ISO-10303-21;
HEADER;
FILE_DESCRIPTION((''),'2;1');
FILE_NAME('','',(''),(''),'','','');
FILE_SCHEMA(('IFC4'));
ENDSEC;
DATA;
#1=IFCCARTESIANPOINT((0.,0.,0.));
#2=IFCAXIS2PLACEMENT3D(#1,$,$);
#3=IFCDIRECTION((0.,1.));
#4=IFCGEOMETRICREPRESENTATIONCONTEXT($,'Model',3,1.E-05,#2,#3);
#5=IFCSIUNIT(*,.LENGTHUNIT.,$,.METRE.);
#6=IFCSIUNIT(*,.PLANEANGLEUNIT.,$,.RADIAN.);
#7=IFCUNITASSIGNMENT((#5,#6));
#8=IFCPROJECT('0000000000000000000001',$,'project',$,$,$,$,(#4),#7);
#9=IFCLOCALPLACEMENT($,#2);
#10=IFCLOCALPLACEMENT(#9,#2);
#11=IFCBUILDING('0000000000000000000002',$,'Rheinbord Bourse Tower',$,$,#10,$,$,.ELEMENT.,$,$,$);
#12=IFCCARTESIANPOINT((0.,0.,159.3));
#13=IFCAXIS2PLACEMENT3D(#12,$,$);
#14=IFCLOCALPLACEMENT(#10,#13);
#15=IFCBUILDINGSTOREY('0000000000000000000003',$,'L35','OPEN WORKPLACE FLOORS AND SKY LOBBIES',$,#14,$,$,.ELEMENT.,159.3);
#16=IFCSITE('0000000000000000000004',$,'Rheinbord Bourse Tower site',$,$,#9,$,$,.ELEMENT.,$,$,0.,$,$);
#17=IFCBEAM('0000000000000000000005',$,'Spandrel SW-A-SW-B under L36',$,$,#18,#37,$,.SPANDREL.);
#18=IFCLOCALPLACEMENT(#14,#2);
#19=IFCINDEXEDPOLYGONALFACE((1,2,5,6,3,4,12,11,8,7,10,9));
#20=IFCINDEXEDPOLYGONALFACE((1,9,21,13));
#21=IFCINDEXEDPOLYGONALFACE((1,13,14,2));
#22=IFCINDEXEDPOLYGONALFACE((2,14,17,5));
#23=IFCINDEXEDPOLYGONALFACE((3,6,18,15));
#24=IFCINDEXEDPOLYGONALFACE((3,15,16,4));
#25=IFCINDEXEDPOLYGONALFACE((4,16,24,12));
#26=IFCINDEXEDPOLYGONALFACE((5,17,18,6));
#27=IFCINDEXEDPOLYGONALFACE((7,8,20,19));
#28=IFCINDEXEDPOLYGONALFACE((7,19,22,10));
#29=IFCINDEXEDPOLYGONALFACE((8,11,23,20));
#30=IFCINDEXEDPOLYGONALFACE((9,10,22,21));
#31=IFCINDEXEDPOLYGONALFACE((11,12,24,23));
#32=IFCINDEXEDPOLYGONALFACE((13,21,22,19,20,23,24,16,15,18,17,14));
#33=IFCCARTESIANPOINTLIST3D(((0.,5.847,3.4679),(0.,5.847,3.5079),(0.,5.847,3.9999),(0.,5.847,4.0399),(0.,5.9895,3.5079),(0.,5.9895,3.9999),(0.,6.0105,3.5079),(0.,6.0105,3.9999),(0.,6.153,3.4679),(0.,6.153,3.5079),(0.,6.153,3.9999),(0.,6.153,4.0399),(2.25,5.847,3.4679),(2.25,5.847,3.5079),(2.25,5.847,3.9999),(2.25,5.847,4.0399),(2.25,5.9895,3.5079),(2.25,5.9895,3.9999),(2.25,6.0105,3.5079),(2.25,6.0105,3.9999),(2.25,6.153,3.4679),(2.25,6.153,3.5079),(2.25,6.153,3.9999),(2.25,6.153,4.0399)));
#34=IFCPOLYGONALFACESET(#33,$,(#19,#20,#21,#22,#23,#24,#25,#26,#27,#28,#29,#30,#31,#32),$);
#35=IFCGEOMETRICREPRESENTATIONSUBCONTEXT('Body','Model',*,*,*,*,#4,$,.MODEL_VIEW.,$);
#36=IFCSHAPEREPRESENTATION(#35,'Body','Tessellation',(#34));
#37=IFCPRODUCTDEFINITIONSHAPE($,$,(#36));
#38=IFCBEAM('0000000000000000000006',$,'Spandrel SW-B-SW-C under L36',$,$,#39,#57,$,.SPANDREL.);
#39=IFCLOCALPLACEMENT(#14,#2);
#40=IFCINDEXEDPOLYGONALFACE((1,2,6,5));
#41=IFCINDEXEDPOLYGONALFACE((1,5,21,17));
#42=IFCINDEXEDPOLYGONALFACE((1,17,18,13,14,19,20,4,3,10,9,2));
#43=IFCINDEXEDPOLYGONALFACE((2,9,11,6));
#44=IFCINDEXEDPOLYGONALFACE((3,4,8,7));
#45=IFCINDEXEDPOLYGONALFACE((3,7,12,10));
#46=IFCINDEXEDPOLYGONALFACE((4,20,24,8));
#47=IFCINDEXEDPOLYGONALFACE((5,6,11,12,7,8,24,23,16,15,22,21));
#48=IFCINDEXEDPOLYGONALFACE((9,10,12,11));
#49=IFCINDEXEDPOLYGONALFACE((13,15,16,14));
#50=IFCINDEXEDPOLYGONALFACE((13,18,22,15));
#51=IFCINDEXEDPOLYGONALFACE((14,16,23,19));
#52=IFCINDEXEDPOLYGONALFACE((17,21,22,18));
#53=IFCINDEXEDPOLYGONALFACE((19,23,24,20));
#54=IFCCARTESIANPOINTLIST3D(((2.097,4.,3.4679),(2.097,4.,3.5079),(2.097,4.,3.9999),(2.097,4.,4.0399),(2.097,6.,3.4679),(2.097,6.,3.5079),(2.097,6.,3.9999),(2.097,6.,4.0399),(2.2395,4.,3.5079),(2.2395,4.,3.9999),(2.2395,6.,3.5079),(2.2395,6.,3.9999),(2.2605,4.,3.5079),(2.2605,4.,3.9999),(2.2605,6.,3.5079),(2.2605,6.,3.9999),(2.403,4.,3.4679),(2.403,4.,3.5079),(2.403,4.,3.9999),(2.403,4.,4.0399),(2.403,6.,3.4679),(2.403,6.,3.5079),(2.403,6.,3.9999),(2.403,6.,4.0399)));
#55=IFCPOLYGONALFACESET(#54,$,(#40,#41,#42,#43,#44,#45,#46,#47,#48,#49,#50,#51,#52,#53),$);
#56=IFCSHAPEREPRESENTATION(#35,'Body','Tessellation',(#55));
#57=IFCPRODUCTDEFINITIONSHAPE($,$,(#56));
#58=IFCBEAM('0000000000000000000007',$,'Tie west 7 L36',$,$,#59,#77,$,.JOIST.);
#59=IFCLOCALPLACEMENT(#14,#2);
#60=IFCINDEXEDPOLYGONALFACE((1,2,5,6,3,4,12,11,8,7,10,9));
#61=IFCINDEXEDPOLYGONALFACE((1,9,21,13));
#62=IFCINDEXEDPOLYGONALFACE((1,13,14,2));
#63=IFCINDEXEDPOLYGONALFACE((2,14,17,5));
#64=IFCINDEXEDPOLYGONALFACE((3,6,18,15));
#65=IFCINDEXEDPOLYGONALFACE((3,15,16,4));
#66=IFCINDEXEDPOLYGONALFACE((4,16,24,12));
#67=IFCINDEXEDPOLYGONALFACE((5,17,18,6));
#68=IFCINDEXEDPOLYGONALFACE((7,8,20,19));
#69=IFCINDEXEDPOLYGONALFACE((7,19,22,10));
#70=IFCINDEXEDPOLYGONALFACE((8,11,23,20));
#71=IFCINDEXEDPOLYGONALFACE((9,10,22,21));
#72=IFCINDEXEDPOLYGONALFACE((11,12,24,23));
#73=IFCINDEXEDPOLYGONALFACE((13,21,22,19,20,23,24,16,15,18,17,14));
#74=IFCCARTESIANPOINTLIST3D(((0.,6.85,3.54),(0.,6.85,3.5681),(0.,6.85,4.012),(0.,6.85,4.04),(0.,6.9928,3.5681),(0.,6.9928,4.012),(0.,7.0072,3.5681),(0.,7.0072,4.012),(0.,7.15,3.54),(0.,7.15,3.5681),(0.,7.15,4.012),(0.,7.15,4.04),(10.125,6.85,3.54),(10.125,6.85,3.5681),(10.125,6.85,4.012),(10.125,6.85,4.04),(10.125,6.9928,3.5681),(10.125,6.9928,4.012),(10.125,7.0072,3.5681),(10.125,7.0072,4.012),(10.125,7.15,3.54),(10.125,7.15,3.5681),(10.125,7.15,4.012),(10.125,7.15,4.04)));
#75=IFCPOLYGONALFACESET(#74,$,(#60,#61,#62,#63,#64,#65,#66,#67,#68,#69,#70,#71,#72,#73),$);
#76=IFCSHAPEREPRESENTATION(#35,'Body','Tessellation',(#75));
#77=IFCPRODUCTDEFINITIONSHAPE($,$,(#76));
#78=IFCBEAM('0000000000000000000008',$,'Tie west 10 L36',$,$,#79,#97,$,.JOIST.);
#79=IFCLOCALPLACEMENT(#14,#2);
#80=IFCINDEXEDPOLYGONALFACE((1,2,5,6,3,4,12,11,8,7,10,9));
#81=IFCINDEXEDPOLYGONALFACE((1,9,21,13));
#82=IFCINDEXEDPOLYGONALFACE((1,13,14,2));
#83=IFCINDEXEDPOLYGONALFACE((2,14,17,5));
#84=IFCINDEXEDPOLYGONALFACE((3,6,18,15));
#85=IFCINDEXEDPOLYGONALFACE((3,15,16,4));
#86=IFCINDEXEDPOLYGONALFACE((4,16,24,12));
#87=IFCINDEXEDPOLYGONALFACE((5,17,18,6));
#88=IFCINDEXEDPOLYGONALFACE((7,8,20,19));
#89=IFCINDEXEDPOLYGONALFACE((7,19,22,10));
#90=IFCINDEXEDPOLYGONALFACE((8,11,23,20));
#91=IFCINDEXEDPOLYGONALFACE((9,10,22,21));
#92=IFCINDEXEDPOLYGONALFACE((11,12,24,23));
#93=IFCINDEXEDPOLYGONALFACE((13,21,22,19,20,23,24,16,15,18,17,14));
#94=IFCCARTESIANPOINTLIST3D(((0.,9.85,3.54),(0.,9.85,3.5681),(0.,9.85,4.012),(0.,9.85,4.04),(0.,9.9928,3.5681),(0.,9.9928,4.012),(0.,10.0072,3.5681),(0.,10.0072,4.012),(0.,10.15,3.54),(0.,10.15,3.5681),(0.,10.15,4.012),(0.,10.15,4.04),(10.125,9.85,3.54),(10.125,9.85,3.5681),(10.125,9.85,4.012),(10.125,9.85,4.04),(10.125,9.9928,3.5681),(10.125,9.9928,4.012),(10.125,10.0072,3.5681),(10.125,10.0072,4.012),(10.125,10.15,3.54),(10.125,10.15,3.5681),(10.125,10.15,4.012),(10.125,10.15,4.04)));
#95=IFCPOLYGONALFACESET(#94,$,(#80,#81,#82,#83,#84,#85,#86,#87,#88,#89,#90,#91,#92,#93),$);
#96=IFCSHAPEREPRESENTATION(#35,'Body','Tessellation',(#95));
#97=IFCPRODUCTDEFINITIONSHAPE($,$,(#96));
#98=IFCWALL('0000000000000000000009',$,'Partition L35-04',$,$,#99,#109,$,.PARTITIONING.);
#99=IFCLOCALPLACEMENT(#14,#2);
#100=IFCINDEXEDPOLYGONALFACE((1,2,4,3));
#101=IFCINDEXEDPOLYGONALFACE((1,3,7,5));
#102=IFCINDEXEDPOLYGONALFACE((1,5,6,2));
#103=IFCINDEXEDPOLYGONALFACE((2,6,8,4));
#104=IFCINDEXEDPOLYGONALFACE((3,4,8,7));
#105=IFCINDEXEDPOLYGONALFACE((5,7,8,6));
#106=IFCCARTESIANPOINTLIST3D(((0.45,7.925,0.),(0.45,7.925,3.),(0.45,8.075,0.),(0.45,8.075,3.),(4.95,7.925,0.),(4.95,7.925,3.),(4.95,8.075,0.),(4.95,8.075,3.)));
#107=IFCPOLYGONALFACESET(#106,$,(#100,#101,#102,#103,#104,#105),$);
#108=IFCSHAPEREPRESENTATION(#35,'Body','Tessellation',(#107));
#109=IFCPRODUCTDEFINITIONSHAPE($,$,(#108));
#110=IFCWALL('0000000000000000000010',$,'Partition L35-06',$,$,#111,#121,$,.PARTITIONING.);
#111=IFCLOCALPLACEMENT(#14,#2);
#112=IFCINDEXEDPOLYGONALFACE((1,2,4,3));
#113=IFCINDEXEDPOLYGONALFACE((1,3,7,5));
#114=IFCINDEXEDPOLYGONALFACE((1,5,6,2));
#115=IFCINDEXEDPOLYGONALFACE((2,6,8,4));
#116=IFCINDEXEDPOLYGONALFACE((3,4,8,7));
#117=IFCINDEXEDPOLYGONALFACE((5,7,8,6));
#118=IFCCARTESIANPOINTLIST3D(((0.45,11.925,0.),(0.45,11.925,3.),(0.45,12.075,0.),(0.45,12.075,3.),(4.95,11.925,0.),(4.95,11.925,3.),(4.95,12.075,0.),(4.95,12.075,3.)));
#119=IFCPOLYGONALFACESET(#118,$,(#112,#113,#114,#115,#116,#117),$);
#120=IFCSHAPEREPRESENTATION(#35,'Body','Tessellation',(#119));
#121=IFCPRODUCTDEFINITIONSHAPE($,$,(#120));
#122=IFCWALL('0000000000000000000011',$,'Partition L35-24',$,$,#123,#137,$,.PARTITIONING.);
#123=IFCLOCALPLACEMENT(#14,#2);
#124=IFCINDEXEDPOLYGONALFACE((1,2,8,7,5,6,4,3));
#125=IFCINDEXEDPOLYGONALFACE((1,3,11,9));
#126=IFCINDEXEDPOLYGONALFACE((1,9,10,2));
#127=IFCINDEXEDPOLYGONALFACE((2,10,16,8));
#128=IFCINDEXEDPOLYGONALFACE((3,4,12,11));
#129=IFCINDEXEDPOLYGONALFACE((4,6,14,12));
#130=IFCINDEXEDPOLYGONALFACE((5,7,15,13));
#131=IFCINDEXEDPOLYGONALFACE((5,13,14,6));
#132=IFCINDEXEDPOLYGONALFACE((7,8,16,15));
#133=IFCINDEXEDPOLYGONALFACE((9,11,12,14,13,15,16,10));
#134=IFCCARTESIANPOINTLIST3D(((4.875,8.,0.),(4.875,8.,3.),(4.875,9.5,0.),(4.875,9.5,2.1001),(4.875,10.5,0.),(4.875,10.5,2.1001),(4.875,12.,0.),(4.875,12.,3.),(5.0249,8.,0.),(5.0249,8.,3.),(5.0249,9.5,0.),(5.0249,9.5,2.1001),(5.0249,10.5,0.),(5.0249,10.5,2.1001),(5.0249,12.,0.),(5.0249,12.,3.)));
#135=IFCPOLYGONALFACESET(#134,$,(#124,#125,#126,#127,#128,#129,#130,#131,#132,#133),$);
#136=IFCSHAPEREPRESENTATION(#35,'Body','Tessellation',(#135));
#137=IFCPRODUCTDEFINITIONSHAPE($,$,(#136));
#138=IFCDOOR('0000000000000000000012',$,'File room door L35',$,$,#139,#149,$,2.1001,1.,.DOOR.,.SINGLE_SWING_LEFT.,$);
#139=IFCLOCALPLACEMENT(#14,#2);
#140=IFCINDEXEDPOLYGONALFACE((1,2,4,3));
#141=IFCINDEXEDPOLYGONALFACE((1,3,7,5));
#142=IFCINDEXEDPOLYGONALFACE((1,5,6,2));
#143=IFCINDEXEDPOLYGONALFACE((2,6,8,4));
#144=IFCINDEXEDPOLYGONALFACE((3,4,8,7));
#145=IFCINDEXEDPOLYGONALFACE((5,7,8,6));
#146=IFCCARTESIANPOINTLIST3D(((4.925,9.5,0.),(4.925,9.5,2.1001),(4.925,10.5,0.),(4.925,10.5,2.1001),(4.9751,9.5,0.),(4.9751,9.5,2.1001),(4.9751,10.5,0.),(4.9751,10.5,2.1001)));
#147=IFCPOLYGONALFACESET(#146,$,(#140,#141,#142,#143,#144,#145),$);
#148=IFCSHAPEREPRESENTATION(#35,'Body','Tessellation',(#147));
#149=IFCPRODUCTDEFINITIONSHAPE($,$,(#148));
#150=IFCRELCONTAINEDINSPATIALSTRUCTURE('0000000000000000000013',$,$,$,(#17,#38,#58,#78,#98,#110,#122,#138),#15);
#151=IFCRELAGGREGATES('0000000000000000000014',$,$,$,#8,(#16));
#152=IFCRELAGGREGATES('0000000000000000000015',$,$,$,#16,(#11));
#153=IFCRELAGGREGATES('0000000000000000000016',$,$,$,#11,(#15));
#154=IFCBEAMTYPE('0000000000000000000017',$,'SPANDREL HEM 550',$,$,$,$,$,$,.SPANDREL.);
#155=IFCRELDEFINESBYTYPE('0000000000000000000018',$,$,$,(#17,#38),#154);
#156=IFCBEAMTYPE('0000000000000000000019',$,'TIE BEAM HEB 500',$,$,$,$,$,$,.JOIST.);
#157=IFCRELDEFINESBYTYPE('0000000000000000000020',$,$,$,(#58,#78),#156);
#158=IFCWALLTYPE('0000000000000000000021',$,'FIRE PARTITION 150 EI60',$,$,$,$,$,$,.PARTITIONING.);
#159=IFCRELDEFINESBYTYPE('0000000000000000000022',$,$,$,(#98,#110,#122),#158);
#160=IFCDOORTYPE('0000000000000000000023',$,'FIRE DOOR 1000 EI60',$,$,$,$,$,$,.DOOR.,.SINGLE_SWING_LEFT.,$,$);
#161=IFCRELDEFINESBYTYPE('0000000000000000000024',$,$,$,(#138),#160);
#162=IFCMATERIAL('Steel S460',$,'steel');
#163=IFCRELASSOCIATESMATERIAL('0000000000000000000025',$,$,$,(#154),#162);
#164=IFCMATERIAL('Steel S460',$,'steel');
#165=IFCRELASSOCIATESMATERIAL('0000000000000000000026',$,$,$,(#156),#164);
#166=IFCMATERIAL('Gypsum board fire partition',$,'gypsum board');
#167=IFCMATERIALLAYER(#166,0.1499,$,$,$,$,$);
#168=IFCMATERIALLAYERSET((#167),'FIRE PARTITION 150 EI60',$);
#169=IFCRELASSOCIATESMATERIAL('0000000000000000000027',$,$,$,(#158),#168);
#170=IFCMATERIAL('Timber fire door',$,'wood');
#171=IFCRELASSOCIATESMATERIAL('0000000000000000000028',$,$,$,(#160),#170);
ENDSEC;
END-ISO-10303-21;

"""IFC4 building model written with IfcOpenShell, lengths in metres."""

from ifc_helpers import new_model, si_unit, direction, frame, frame_2d, origin, origin_2d, place, context, subcontext, project, spatial, rectangle, i_section, extrude, material, layer, layer_set, material_profile, profile_set, type_object, element, fill, save


model = new_model("IFC4")

# Units and contexts
model_context = context("Model", 3, precision=1e-05, world=origin(), true_north=direction((0.0, 1.0)))
body_context = subcontext(model_context, "Body", "Model", "MODEL_VIEW")
ifc_project = project(units=[si_unit("LENGTHUNIT", "METRE"), si_unit("PLANEANGLEUNIT", "RADIAN")], contexts=[model_context])

# Site, building, storey
site_placement = place(None, origin())
site = spatial("IfcSite", under=ifc_project, at=site_placement, Name="Rheinbord Bourse Tower site", CompositionType="ELEMENT", RefElevation=0.0)
building_placement = place(site_placement, origin())
building = spatial("IfcBuilding", under=site, at=building_placement, Name="Rheinbord Bourse Tower", CompositionType="ELEMENT")
storey_placement = place(building_placement, frame((0.0, 0.0, 159.3)))
storey = spatial("IfcBuildingStorey", under=building, at=storey_placement, Name="L35", Description="OPEN WORKPLACE FLOORS AND SKY LOBBIES", CompositionType="ELEMENT", Elevation=159.3)

# Beams
ifc_material_1 = material(Name="Steel S460", Category="steel")
ifc_material_profile_1 = material_profile(ifc_material_1, i_section(OverallWidth=0.3059, OverallDepth=0.572, WebThickness=0.021, FlangeThickness=0.04, at=origin_2d()), Name="HEM 550")
ifc_profile_set_1 = profile_set([ifc_material_profile_1], Name="Steel S460")
beam_type_1 = type_object("IfcBeamType", Name="SPANDREL HEM 550", PredefinedType="SPANDREL", material=ifc_profile_set_1)
beam_1_placement = place(storey_placement, frame((0.0, 6.0, 3.7539), z_axis=(1.0, 0.0, 0.0), x_axis=(0.0, 1.0, 0.0)))
element("IfcBeam", 1, at=beam_1_placement, inside=storey, type_object=beam_type_1, Name="Spandrel SW-A-SW-B under L36", PredefinedType="SPANDREL", context=body_context, shape_type="SweptSolid", body=[
    extrude(i_section(OverallWidth=0.3059, OverallDepth=0.572, WebThickness=0.021, FlangeThickness=0.04, at=origin_2d()), origin(), (0.0, 0.0, 1.0), 2.25),
])
beam_2_placement = place(storey_placement, frame((2.25, 6.0, 3.7539), z_axis=(0.0, -1.0, 0.0), x_axis=(1.0, 0.0, 0.0)))
element("IfcBeam", 2, at=beam_2_placement, inside=storey, type_object=beam_type_1, Name="Spandrel SW-B-SW-C under L36", PredefinedType="SPANDREL", context=body_context, shape_type="SweptSolid", body=[
    extrude(i_section(OverallWidth=0.3059, OverallDepth=0.572, WebThickness=0.021, FlangeThickness=0.04, at=origin_2d()), origin(), (0.0, 0.0, 1.0), 2.0),
])
ifc_material_2 = material(Name="Steel S460", Category="steel")
ifc_material_profile_2 = material_profile(ifc_material_2, i_section(OverallWidth=0.3, OverallDepth=0.5, WebThickness=0.0144, FlangeThickness=0.0281, at=origin_2d()), Name="HEB 500")
ifc_profile_set_2 = profile_set([ifc_material_profile_2], Name="Steel S460")
beam_type_2 = type_object("IfcBeamType", Name="TIE BEAM HEB 500", PredefinedType="JOIST", material=ifc_profile_set_2)
for number, where, z_axis, x_axis, name in (
    (3, (0.0, 7.0, 3.79), (1.0, 0.0, 0.0), (0.0, 1.0, 0.0), "Tie west 7 L36"),
    (4, (0.0, 10.0, 3.79), (1.0, 0.0, 0.0), (0.0, 1.0, 0.0), "Tie west 10 L36"),
):
    element("IfcBeam", number, at=place(storey_placement, frame(where, z_axis=z_axis, x_axis=x_axis)), inside=storey, type_object=beam_type_2, Name=name, PredefinedType="JOIST", context=body_context, shape_type="SweptSolid", body=[
        extrude(i_section(OverallWidth=0.3, OverallDepth=0.5, WebThickness=0.0144, FlangeThickness=0.0281, at=origin_2d()), origin(), (0.0, 0.0, 1.0), 10.125),
    ])

# Walls
ifc_material_3 = material(Name="Gypsum board fire partition", Category="gypsum board")
ifc_layer_1 = layer(ifc_material_3, 0.1499)
ifc_layer_set_1 = layer_set([ifc_layer_1], Name="FIRE PARTITION 150 EI60")
wall_type_1 = type_object("IfcWallType", Name="FIRE PARTITION 150 EI60", PredefinedType="PARTITIONING", material=ifc_layer_set_1)
for number, where, z_axis, x_axis, name in (
    (5, (0.45, 8.0, 0.0), (0.0, 0.0, 1.0), (1.0, 0.0, 0.0), "Partition L35-04"),
    (6, (0.45, 12.0, 0.0), (0.0, 0.0, 1.0), (1.0, 0.0, 0.0), "Partition L35-06"),
):
    element("IfcWall", number, at=place(storey_placement, frame(where, z_axis=z_axis, x_axis=x_axis)), inside=storey, type_object=wall_type_1, Name=name, PredefinedType="PARTITIONING", context=body_context, shape_type="SweptSolid", body=[
        extrude(rectangle(XDim=4.5, YDim=0.1499, at=frame_2d((2.25, 0.0))), origin(), (0.0, 0.0, 1.0), 3.0),
    ])

# Wall, opening, door
wall_1_placement = place(storey_placement, frame((4.95, 8.0, 0.0), z_axis=(0.0, 0.0, 1.0), x_axis=(0.0, 1.0, 0.0)))
wall_1 = element("IfcWall", 7, at=wall_1_placement, inside=storey, type_object=wall_type_1, Name="Partition L35-24", PredefinedType="PARTITIONING", context=body_context, shape_type="SweptSolid", body=[
    extrude(rectangle(XDim=4.0, YDim=0.1499, at=frame_2d((2.0, 0.0))), origin(), (0.0, 0.0, 1.0), 3.0),
])
opening_1_placement = place(wall_1_placement, frame((1.5, 0.0, 0.0)))
opening_1 = element("IfcOpeningElement", 8, at=opening_1_placement, cuts=wall_1, PredefinedType="OPENING", context=body_context, shape_type="SweptSolid", body=[
    extrude(rectangle(XDim=1.0, YDim=2.1001, at=frame_2d((0.5, 1.05))), frame((0.0, 0.085, 0.0), z_axis=(0.0, -1.0, 0.0), x_axis=(1.0, 0.0, 0.0)), (0.0, 0.0, 1.0), 0.1699),
])
ifc_material_4 = material(Name="Timber fire door", Category="wood")
door_type_1 = type_object("IfcDoorType", Name="FIRE DOOR 1000 EI60", OperationType="SINGLE_SWING_LEFT", PredefinedType="DOOR", material=ifc_material_4)
door_1_placement = place(opening_1_placement, origin())
door_1 = element("IfcDoor", 9, at=door_1_placement, inside=storey, type_object=door_type_1, Name="File room door L35", OperationType="SINGLE_SWING_LEFT", OverallHeight=2.1001, OverallWidth=1.0, PredefinedType="DOOR", context=body_context, shape_type="SweptSolid", body=[
    extrude(rectangle(XDim=1.0, YDim=2.1001, at=frame_2d((0.5, 1.05))), frame((0.0, 0.0249, 0.0), z_axis=(0.0, -1.0, 0.0), x_axis=(1.0, 0.0, 0.0)), (0.0, 0.0, 1.0), 0.05),
])
fill(opening_1, door_1)

save(model, "model.ifc")
